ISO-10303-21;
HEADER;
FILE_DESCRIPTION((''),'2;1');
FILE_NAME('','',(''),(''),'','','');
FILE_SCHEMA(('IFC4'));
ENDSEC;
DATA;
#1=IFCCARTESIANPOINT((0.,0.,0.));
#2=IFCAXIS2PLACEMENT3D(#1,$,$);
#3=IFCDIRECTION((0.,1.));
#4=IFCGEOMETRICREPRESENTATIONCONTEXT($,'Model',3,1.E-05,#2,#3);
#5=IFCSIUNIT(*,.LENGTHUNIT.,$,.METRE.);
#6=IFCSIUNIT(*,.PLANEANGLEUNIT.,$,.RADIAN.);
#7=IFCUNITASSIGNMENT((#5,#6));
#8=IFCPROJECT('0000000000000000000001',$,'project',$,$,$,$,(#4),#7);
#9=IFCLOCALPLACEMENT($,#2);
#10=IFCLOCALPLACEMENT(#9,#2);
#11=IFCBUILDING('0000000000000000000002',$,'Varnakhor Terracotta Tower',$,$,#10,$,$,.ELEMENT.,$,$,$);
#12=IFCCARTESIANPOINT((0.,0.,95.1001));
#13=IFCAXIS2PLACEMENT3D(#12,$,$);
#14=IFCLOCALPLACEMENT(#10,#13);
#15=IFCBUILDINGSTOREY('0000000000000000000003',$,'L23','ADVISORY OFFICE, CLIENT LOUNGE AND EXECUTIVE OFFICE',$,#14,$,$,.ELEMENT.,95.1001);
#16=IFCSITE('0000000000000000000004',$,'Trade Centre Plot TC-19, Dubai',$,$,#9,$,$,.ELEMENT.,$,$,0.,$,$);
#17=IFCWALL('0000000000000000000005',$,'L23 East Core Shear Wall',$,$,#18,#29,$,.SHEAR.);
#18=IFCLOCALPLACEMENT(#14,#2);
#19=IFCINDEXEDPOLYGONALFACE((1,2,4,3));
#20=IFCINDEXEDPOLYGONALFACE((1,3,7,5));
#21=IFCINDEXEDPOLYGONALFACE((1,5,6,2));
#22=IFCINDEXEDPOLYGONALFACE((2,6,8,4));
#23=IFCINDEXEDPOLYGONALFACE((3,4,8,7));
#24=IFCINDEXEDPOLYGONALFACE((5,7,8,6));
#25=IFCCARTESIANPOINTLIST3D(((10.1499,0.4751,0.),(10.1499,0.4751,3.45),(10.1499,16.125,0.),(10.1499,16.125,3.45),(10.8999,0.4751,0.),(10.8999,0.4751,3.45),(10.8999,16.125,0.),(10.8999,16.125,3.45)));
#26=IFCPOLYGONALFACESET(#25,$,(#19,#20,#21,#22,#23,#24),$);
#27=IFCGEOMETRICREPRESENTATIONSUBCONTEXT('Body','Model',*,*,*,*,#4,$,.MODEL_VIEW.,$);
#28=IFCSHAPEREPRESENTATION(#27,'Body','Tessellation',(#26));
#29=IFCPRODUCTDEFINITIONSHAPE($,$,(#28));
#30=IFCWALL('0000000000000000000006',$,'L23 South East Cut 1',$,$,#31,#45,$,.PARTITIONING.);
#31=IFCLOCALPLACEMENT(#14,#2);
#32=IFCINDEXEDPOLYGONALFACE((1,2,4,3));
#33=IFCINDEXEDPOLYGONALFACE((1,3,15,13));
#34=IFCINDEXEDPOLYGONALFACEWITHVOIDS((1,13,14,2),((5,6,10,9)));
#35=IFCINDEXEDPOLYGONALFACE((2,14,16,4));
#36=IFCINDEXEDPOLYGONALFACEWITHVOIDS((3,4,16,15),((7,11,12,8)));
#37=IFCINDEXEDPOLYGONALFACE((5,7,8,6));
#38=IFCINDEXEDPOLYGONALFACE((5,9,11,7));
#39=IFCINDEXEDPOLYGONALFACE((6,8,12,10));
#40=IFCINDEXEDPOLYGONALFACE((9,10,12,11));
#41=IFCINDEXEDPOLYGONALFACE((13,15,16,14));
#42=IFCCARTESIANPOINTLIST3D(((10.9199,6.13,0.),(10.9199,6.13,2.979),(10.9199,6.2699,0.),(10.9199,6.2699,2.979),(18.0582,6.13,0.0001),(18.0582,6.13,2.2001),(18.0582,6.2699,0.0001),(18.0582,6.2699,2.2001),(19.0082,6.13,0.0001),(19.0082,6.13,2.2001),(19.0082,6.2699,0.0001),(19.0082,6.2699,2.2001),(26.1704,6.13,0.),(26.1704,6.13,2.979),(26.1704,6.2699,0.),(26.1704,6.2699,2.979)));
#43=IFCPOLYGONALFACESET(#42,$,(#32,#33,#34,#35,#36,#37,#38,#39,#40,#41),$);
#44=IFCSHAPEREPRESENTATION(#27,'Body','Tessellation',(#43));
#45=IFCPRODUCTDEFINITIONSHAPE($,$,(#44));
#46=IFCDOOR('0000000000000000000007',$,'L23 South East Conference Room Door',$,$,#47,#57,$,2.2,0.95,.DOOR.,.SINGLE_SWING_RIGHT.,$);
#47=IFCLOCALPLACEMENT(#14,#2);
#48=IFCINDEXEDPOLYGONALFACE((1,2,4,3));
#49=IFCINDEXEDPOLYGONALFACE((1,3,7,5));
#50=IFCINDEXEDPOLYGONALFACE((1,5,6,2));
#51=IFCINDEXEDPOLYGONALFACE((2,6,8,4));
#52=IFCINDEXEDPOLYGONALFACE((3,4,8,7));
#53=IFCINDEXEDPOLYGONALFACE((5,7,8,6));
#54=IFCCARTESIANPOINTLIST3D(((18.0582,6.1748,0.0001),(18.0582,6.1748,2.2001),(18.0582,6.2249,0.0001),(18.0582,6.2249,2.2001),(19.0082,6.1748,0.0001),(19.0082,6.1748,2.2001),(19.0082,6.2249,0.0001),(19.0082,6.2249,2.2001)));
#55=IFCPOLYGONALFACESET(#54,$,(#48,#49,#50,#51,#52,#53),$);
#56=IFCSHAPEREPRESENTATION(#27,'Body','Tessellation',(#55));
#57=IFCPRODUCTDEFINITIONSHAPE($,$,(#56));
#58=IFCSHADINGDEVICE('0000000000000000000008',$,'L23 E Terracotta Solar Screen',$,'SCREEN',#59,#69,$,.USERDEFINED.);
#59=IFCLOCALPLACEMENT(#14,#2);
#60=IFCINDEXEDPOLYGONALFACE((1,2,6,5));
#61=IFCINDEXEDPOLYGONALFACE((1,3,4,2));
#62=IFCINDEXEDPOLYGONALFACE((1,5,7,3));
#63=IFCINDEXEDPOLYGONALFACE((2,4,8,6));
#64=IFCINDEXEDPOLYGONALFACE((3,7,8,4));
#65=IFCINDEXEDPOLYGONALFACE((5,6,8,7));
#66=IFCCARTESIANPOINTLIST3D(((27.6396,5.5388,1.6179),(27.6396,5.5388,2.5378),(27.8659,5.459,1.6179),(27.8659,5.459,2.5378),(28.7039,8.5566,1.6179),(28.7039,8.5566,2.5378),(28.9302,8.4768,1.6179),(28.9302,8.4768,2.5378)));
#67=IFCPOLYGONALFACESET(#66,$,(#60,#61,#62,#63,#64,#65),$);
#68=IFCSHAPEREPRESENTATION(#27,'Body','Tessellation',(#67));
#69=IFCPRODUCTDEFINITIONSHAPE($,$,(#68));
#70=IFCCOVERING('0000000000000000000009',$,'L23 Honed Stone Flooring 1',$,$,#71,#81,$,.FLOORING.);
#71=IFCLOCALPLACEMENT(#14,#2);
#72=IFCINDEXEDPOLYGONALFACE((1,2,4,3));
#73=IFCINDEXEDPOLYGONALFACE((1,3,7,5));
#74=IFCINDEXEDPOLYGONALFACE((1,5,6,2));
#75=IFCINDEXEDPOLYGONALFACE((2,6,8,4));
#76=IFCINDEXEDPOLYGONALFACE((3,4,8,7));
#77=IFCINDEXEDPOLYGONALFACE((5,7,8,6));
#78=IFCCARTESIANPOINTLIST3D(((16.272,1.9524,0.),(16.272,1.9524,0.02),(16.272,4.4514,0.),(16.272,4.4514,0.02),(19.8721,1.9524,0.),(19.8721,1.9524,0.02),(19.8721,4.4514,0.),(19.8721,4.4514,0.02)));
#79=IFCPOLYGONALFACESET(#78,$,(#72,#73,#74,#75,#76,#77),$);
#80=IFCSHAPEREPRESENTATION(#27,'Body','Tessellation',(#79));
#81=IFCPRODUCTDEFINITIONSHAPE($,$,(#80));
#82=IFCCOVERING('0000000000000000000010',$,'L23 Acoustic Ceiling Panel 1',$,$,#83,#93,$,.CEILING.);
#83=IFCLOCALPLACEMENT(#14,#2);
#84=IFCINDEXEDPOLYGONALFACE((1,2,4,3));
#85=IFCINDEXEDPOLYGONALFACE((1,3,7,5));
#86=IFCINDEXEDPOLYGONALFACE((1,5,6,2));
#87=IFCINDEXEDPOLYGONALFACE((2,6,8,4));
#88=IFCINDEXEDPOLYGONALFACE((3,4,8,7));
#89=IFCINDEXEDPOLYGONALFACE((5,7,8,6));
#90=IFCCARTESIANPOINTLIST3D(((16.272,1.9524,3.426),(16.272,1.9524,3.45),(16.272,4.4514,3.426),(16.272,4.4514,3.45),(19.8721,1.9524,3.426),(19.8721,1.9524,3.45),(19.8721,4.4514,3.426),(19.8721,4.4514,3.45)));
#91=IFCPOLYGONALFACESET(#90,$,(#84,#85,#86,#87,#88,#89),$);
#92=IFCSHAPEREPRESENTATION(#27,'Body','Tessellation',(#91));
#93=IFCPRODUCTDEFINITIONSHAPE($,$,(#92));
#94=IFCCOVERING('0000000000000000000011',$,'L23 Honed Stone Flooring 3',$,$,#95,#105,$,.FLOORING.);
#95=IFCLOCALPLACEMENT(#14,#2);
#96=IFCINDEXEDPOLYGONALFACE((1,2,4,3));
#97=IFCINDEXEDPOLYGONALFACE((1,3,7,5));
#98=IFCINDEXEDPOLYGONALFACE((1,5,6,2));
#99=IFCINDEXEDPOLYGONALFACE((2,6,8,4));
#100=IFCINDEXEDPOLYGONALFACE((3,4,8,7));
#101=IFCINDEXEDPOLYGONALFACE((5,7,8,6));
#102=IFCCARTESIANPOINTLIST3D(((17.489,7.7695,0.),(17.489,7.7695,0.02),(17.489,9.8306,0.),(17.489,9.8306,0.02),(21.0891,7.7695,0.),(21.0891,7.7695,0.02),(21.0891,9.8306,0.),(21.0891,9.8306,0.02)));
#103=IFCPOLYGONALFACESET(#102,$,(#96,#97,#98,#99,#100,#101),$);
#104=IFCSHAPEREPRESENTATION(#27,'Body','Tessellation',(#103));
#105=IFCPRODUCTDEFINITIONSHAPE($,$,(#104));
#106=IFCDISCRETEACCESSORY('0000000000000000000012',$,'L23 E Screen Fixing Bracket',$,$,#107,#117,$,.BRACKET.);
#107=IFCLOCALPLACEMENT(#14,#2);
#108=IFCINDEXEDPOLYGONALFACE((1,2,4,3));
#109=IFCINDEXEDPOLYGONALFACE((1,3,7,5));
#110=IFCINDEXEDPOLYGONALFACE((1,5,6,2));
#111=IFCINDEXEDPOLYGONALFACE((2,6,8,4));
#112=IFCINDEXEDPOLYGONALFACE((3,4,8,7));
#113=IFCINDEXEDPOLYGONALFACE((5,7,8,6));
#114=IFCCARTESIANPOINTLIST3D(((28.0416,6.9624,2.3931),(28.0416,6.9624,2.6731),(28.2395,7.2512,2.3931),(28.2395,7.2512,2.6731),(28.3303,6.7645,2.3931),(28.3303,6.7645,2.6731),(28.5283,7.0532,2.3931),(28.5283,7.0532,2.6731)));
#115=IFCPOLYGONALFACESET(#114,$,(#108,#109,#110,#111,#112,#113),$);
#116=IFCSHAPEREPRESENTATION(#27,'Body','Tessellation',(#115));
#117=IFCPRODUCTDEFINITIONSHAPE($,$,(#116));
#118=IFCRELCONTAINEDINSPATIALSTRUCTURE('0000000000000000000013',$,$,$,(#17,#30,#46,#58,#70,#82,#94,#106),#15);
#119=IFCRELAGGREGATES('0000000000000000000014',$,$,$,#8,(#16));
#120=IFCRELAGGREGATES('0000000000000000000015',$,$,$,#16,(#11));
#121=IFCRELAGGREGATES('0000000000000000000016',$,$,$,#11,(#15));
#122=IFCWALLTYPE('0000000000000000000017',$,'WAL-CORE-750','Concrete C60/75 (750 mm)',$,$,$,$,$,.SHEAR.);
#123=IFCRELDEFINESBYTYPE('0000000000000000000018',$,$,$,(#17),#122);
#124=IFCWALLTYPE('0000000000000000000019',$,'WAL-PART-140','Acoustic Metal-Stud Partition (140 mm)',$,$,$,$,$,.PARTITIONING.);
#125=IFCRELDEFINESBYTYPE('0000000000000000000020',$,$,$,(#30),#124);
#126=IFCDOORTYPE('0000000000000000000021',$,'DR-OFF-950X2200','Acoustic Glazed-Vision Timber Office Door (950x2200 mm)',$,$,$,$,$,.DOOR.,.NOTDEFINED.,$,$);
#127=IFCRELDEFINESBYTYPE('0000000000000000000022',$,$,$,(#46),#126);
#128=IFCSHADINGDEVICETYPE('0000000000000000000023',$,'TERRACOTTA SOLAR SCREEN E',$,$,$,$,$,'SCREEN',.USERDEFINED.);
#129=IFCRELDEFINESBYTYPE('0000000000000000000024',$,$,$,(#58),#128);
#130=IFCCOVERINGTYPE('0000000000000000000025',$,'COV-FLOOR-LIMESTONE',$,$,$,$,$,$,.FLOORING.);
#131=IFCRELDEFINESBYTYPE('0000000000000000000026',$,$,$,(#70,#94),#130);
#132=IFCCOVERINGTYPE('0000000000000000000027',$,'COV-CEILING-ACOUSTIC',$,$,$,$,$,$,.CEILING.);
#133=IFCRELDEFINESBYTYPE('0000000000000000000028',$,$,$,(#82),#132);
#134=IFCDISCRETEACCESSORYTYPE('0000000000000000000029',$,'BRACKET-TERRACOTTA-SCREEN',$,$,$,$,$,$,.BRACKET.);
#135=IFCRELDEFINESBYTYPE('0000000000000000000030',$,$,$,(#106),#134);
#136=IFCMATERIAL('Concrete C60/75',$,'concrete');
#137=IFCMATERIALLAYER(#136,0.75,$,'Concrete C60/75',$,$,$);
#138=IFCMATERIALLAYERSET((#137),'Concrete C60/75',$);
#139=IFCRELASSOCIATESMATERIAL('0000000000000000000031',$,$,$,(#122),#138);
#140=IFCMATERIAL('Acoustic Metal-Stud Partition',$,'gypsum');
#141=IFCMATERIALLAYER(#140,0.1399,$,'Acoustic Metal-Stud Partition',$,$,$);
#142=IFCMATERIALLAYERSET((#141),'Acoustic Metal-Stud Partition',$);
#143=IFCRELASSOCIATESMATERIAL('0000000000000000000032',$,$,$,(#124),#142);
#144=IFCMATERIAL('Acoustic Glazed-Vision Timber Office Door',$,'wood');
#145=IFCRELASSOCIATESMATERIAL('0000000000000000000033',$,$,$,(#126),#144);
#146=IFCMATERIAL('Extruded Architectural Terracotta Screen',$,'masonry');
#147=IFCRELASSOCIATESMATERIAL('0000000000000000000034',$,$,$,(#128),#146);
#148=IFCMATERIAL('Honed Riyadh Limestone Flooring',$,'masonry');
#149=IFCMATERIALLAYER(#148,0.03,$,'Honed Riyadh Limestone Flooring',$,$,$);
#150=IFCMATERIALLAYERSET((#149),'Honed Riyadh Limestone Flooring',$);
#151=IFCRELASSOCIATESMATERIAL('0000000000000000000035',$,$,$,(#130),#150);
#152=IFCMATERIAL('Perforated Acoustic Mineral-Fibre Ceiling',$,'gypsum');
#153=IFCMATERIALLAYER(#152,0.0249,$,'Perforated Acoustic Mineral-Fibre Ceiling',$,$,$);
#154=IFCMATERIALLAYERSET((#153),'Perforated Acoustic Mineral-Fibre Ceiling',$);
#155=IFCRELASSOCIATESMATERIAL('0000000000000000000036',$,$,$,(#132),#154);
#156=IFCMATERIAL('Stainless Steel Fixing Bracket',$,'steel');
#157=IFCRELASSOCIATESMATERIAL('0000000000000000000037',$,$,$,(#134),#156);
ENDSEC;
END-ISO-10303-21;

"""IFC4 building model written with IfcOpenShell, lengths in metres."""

from ifc_helpers import new_model, si_unit, direction, frame, frame_2d, origin, origin_2d, place, context, subcontext, project, spatial, rectangle, extrude, source, transform, mapped, material, layer, layer_set, type_object, type_shapes, element, fill, save


model = new_model("IFC4")

# Units and contexts
model_context = context("Model", 3, precision=1e-05, world=origin(), true_north=direction((0.0, 1.0)))
body_context = subcontext(model_context, "Body", "Model", "MODEL_VIEW")
ifc_project = project(units=[si_unit("LENGTHUNIT", "METRE"), si_unit("PLANEANGLEUNIT", "RADIAN")], contexts=[model_context])

# Site, building, storey
site_placement = place(None, origin())
site = spatial("IfcSite", under=ifc_project, at=site_placement, Name="Trade Centre Plot TC-19, Dubai", CompositionType="ELEMENT", RefElevation=0.0)
building_placement = place(site_placement, origin())
building = spatial("IfcBuilding", under=site, at=building_placement, Name="Varnakhor Terracotta Tower", CompositionType="ELEMENT")
storey_placement = place(building_placement, frame((0.0, 0.0, 95.1001)))
storey = spatial("IfcBuildingStorey", under=building, at=storey_placement, Name="L23", Description="ADVISORY OFFICE, CLIENT LOUNGE AND EXECUTIVE OFFICE", CompositionType="ELEMENT", Elevation=95.1001)

# Wall
ifc_material_1 = material(Name="Concrete C60/75", Category="concrete")
ifc_layer_1 = layer(ifc_material_1, 0.75, Name="Concrete C60/75")
ifc_layer_set_1 = layer_set([ifc_layer_1], Name="Concrete C60/75")
wall_type_1 = type_object("IfcWallType", Name="WAL-CORE-750", Description="Concrete C60/75 (750 mm)", PredefinedType="SHEAR", material=ifc_layer_set_1)
wall_1_placement = place(storey_placement, frame((10.5249, 0.4751, 0.0), z_axis=(0.0, 0.0, 1.0), x_axis=(0.0, 1.0, 0.0)))
element("IfcWall", 1, at=wall_1_placement, inside=storey, type_object=wall_type_1, Name="L23 East Core Shear Wall", PredefinedType="SHEAR", context=body_context, shape_type="SweptSolid", body=[
    extrude(rectangle(XDim=15.6499, YDim=0.75, at=frame_2d((7.825, 0.0))), origin(), (0.0, 0.0, 1.0), 3.45),
])

# Wall, opening, door
ifc_material_2 = material(Name="Acoustic Metal-Stud Partition", Category="gypsum")
ifc_layer_2 = layer(ifc_material_2, 0.1399, Name="Acoustic Metal-Stud Partition")
ifc_layer_set_2 = layer_set([ifc_layer_2], Name="Acoustic Metal-Stud Partition")
wall_type_2 = type_object("IfcWallType", Name="WAL-PART-140", Description="Acoustic Metal-Stud Partition (140 mm)", PredefinedType="PARTITIONING", material=ifc_layer_set_2)
wall_2_placement = place(storey_placement, frame((10.9199, 6.2, 0.0), z_axis=(0.0, 0.0, 1.0), x_axis=(1.0, 0.0, 0.0)))
wall_2 = element("IfcWall", 2, at=wall_2_placement, inside=storey, type_object=wall_type_2, Name="L23 South East Cut 1", PredefinedType="PARTITIONING", context=body_context, shape_type="SweptSolid", body=[
    extrude(rectangle(XDim=15.2505, YDim=0.1399, at=frame_2d((7.6252, 0.0))), origin(), (0.0, 0.0, 1.0), 2.979),
])
opening_placement = place(wall_2_placement, frame((7.1382, 0.0, 0.0)))
opening = element("IfcOpeningElement", 3, at=opening_placement, cuts=wall_2, PredefinedType="OPENING", context=body_context, shape_type="SweptSolid", body=[
    extrude(rectangle(XDim=0.95, YDim=2.2, at=frame_2d((0.4751, 1.1001))), frame((0.0, 0.0801, 0.0), z_axis=(0.0, -1.0, 0.0), x_axis=(1.0, 0.0, 0.0)), (0.0, 0.0, 1.0), 0.1599),
])
ifc_material_3 = material(Name="Acoustic Glazed-Vision Timber Office Door", Category="wood")
door_type = type_object("IfcDoorType", Name="DR-OFF-950X2200", Description="Acoustic Glazed-Vision Timber Office Door (950x2200 mm)", OperationType="NOTDEFINED", PredefinedType="DOOR", material=ifc_material_3)
shared_shape_1 = source(origin(), body_context, "Body", "SweptSolid", [
    extrude(rectangle(XDim=0.95, YDim=2.2, at=frame_2d((0.4751, 1.1001))), frame((0.0, 0.0249, 0.0), z_axis=(0.0, -1.0, 0.0), x_axis=(1.0, 0.0, 0.0)), (0.0, 0.0, 1.0), 0.05),
])
type_shapes(door_type, [shared_shape_1])
door_placement = place(opening_placement, origin())
door = element("IfcDoor", 4, at=door_placement, inside=storey, type_object=door_type, Name="L23 South East Conference Room Door", OperationType="SINGLE_SWING_RIGHT", OverallHeight=2.2, OverallWidth=0.95, PredefinedType="DOOR", context=body_context, shape_type="MappedRepresentation", body=[
    mapped(shared_shape_1, transform((0.0, 0.0, 0.0), scale=1.0)),
])
fill(opening, door)

# Shading device
ifc_material_4 = material(Name="Extruded Architectural Terracotta Screen", Category="masonry")
shading_device_type = type_object("IfcShadingDeviceType", Name="TERRACOTTA SOLAR SCREEN E", ElementType="SCREEN", PredefinedType="USERDEFINED", material=ifc_material_4)
shared_shape_2 = source(origin(), body_context, "Body", "SweptSolid", [
    extrude(rectangle(XDim=3.2, YDim=0.24, at=origin_2d()), origin(), (0.0, 0.0, 1.0), 0.9199),
])
type_shapes(shading_device_type, [shared_shape_2])
shading_device_placement = place(storey_placement, frame((28.2849, 7.0078, 1.6179), z_axis=(0.0, 0.0, 1.0), x_axis=(0.332589, 0.943072, 0.0)))
element("IfcShadingDevice", 5, at=shading_device_placement, inside=storey, type_object=shading_device_type, Name="L23 E Terracotta Solar Screen", ObjectType="SCREEN", PredefinedType="USERDEFINED", context=body_context, shape_type="MappedRepresentation", body=[
    mapped(shared_shape_2, transform((0.0, 0.0, 0.0), scale=1.0)),
])

# Coverings
ifc_material_5 = material(Name="Honed Riyadh Limestone Flooring", Category="masonry")
ifc_layer_3 = layer(ifc_material_5, 0.03, Name="Honed Riyadh Limestone Flooring")
ifc_layer_set_3 = layer_set([ifc_layer_3], Name="Honed Riyadh Limestone Flooring")
covering_type_1 = type_object("IfcCoveringType", Name="COV-FLOOR-LIMESTONE", PredefinedType="FLOORING", material=ifc_layer_set_3)
shared_shape_3 = source(origin(), body_context, "Body", "SweptSolid", [
    extrude(rectangle(XDim=3.6001, YDim=2.499, at=origin_2d()), origin(), (0.0, 0.0, 1.0), 0.02),
])
covering_1_placement = place(storey_placement, frame((18.072, 3.2019, 0.0), z_axis=(0.0, 0.0, 1.0), x_axis=(1.0, 0.0, 0.0)))
element("IfcCovering", 6, at=covering_1_placement, inside=storey, type_object=covering_type_1, Name="L23 Honed Stone Flooring 1", PredefinedType="FLOORING", context=body_context, shape_type="MappedRepresentation", body=[
    mapped(shared_shape_3, transform((0.0, 0.0, 0.0), scale=1.0)),
])
ifc_material_6 = material(Name="Perforated Acoustic Mineral-Fibre Ceiling", Category="gypsum")
ifc_layer_4 = layer(ifc_material_6, 0.0249, Name="Perforated Acoustic Mineral-Fibre Ceiling")
ifc_layer_set_4 = layer_set([ifc_layer_4], Name="Perforated Acoustic Mineral-Fibre Ceiling")
covering_type_2 = type_object("IfcCoveringType", Name="COV-CEILING-ACOUSTIC", PredefinedType="CEILING", material=ifc_layer_set_4)
shared_shape_4 = source(origin(), body_context, "Body", "SweptSolid", [
    extrude(rectangle(XDim=3.6001, YDim=2.499, at=origin_2d()), origin(), (0.0, 0.0, 1.0), 0.0239),
])
covering_2_placement = place(storey_placement, frame((18.072, 3.2019, 3.426), z_axis=(0.0, 0.0, 1.0), x_axis=(1.0, 0.0, 0.0)))
element("IfcCovering", 7, at=covering_2_placement, inside=storey, type_object=covering_type_2, Name="L23 Acoustic Ceiling Panel 1", PredefinedType="CEILING", context=body_context, shape_type="MappedRepresentation", body=[
    mapped(shared_shape_4, transform((0.0, 0.0, 0.0), scale=1.0)),
])
shared_shape_5 = source(origin(), body_context, "Body", "SweptSolid", [
    extrude(rectangle(XDim=3.6001, YDim=2.061, at=origin_2d()), origin(), (0.0, 0.0, 1.0), 0.02),
])
covering_3_placement = place(storey_placement, frame((19.2891, 8.8, 0.0), z_axis=(0.0, 0.0, 1.0), x_axis=(1.0, 0.0, 0.0)))
element("IfcCovering", 8, at=covering_3_placement, inside=storey, type_object=covering_type_1, Name="L23 Honed Stone Flooring 3", PredefinedType="FLOORING", context=body_context, shape_type="MappedRepresentation", body=[
    mapped(shared_shape_5, transform((0.0, 0.0, 0.0), scale=1.0)),
])

# Discrete accessory
ifc_material_7 = material(Name="Stainless Steel Fixing Bracket", Category="steel")
discrete_accessory_type = type_object("IfcDiscreteAccessoryType", Name="BRACKET-TERRACOTTA-SCREEN", PredefinedType="BRACKET", material=ifc_material_7)
shared_shape_6 = source(origin(), body_context, "Body", "SweptSolid", [
    extrude(rectangle(XDim=0.3501, YDim=0.3501, at=origin_2d()), origin(), (0.0, 0.0, 1.0), 0.28),
])
type_shapes(discrete_accessory_type, [shared_shape_6])
discrete_accessory_placement = place(storey_placement, frame((28.2849, 7.0078, 2.3931), z_axis=(0.0, 0.0, 1.0), x_axis=(0.565341, 0.824857, 0.0)))
element("IfcDiscreteAccessory", 9, at=discrete_accessory_placement, inside=storey, type_object=discrete_accessory_type, Name="L23 E Screen Fixing Bracket", PredefinedType="BRACKET", context=body_context, shape_type="MappedRepresentation", body=[
    mapped(shared_shape_6, transform((0.0, 0.0, 0.0), scale=1.0)),
])

save(model, "model.ifc")
